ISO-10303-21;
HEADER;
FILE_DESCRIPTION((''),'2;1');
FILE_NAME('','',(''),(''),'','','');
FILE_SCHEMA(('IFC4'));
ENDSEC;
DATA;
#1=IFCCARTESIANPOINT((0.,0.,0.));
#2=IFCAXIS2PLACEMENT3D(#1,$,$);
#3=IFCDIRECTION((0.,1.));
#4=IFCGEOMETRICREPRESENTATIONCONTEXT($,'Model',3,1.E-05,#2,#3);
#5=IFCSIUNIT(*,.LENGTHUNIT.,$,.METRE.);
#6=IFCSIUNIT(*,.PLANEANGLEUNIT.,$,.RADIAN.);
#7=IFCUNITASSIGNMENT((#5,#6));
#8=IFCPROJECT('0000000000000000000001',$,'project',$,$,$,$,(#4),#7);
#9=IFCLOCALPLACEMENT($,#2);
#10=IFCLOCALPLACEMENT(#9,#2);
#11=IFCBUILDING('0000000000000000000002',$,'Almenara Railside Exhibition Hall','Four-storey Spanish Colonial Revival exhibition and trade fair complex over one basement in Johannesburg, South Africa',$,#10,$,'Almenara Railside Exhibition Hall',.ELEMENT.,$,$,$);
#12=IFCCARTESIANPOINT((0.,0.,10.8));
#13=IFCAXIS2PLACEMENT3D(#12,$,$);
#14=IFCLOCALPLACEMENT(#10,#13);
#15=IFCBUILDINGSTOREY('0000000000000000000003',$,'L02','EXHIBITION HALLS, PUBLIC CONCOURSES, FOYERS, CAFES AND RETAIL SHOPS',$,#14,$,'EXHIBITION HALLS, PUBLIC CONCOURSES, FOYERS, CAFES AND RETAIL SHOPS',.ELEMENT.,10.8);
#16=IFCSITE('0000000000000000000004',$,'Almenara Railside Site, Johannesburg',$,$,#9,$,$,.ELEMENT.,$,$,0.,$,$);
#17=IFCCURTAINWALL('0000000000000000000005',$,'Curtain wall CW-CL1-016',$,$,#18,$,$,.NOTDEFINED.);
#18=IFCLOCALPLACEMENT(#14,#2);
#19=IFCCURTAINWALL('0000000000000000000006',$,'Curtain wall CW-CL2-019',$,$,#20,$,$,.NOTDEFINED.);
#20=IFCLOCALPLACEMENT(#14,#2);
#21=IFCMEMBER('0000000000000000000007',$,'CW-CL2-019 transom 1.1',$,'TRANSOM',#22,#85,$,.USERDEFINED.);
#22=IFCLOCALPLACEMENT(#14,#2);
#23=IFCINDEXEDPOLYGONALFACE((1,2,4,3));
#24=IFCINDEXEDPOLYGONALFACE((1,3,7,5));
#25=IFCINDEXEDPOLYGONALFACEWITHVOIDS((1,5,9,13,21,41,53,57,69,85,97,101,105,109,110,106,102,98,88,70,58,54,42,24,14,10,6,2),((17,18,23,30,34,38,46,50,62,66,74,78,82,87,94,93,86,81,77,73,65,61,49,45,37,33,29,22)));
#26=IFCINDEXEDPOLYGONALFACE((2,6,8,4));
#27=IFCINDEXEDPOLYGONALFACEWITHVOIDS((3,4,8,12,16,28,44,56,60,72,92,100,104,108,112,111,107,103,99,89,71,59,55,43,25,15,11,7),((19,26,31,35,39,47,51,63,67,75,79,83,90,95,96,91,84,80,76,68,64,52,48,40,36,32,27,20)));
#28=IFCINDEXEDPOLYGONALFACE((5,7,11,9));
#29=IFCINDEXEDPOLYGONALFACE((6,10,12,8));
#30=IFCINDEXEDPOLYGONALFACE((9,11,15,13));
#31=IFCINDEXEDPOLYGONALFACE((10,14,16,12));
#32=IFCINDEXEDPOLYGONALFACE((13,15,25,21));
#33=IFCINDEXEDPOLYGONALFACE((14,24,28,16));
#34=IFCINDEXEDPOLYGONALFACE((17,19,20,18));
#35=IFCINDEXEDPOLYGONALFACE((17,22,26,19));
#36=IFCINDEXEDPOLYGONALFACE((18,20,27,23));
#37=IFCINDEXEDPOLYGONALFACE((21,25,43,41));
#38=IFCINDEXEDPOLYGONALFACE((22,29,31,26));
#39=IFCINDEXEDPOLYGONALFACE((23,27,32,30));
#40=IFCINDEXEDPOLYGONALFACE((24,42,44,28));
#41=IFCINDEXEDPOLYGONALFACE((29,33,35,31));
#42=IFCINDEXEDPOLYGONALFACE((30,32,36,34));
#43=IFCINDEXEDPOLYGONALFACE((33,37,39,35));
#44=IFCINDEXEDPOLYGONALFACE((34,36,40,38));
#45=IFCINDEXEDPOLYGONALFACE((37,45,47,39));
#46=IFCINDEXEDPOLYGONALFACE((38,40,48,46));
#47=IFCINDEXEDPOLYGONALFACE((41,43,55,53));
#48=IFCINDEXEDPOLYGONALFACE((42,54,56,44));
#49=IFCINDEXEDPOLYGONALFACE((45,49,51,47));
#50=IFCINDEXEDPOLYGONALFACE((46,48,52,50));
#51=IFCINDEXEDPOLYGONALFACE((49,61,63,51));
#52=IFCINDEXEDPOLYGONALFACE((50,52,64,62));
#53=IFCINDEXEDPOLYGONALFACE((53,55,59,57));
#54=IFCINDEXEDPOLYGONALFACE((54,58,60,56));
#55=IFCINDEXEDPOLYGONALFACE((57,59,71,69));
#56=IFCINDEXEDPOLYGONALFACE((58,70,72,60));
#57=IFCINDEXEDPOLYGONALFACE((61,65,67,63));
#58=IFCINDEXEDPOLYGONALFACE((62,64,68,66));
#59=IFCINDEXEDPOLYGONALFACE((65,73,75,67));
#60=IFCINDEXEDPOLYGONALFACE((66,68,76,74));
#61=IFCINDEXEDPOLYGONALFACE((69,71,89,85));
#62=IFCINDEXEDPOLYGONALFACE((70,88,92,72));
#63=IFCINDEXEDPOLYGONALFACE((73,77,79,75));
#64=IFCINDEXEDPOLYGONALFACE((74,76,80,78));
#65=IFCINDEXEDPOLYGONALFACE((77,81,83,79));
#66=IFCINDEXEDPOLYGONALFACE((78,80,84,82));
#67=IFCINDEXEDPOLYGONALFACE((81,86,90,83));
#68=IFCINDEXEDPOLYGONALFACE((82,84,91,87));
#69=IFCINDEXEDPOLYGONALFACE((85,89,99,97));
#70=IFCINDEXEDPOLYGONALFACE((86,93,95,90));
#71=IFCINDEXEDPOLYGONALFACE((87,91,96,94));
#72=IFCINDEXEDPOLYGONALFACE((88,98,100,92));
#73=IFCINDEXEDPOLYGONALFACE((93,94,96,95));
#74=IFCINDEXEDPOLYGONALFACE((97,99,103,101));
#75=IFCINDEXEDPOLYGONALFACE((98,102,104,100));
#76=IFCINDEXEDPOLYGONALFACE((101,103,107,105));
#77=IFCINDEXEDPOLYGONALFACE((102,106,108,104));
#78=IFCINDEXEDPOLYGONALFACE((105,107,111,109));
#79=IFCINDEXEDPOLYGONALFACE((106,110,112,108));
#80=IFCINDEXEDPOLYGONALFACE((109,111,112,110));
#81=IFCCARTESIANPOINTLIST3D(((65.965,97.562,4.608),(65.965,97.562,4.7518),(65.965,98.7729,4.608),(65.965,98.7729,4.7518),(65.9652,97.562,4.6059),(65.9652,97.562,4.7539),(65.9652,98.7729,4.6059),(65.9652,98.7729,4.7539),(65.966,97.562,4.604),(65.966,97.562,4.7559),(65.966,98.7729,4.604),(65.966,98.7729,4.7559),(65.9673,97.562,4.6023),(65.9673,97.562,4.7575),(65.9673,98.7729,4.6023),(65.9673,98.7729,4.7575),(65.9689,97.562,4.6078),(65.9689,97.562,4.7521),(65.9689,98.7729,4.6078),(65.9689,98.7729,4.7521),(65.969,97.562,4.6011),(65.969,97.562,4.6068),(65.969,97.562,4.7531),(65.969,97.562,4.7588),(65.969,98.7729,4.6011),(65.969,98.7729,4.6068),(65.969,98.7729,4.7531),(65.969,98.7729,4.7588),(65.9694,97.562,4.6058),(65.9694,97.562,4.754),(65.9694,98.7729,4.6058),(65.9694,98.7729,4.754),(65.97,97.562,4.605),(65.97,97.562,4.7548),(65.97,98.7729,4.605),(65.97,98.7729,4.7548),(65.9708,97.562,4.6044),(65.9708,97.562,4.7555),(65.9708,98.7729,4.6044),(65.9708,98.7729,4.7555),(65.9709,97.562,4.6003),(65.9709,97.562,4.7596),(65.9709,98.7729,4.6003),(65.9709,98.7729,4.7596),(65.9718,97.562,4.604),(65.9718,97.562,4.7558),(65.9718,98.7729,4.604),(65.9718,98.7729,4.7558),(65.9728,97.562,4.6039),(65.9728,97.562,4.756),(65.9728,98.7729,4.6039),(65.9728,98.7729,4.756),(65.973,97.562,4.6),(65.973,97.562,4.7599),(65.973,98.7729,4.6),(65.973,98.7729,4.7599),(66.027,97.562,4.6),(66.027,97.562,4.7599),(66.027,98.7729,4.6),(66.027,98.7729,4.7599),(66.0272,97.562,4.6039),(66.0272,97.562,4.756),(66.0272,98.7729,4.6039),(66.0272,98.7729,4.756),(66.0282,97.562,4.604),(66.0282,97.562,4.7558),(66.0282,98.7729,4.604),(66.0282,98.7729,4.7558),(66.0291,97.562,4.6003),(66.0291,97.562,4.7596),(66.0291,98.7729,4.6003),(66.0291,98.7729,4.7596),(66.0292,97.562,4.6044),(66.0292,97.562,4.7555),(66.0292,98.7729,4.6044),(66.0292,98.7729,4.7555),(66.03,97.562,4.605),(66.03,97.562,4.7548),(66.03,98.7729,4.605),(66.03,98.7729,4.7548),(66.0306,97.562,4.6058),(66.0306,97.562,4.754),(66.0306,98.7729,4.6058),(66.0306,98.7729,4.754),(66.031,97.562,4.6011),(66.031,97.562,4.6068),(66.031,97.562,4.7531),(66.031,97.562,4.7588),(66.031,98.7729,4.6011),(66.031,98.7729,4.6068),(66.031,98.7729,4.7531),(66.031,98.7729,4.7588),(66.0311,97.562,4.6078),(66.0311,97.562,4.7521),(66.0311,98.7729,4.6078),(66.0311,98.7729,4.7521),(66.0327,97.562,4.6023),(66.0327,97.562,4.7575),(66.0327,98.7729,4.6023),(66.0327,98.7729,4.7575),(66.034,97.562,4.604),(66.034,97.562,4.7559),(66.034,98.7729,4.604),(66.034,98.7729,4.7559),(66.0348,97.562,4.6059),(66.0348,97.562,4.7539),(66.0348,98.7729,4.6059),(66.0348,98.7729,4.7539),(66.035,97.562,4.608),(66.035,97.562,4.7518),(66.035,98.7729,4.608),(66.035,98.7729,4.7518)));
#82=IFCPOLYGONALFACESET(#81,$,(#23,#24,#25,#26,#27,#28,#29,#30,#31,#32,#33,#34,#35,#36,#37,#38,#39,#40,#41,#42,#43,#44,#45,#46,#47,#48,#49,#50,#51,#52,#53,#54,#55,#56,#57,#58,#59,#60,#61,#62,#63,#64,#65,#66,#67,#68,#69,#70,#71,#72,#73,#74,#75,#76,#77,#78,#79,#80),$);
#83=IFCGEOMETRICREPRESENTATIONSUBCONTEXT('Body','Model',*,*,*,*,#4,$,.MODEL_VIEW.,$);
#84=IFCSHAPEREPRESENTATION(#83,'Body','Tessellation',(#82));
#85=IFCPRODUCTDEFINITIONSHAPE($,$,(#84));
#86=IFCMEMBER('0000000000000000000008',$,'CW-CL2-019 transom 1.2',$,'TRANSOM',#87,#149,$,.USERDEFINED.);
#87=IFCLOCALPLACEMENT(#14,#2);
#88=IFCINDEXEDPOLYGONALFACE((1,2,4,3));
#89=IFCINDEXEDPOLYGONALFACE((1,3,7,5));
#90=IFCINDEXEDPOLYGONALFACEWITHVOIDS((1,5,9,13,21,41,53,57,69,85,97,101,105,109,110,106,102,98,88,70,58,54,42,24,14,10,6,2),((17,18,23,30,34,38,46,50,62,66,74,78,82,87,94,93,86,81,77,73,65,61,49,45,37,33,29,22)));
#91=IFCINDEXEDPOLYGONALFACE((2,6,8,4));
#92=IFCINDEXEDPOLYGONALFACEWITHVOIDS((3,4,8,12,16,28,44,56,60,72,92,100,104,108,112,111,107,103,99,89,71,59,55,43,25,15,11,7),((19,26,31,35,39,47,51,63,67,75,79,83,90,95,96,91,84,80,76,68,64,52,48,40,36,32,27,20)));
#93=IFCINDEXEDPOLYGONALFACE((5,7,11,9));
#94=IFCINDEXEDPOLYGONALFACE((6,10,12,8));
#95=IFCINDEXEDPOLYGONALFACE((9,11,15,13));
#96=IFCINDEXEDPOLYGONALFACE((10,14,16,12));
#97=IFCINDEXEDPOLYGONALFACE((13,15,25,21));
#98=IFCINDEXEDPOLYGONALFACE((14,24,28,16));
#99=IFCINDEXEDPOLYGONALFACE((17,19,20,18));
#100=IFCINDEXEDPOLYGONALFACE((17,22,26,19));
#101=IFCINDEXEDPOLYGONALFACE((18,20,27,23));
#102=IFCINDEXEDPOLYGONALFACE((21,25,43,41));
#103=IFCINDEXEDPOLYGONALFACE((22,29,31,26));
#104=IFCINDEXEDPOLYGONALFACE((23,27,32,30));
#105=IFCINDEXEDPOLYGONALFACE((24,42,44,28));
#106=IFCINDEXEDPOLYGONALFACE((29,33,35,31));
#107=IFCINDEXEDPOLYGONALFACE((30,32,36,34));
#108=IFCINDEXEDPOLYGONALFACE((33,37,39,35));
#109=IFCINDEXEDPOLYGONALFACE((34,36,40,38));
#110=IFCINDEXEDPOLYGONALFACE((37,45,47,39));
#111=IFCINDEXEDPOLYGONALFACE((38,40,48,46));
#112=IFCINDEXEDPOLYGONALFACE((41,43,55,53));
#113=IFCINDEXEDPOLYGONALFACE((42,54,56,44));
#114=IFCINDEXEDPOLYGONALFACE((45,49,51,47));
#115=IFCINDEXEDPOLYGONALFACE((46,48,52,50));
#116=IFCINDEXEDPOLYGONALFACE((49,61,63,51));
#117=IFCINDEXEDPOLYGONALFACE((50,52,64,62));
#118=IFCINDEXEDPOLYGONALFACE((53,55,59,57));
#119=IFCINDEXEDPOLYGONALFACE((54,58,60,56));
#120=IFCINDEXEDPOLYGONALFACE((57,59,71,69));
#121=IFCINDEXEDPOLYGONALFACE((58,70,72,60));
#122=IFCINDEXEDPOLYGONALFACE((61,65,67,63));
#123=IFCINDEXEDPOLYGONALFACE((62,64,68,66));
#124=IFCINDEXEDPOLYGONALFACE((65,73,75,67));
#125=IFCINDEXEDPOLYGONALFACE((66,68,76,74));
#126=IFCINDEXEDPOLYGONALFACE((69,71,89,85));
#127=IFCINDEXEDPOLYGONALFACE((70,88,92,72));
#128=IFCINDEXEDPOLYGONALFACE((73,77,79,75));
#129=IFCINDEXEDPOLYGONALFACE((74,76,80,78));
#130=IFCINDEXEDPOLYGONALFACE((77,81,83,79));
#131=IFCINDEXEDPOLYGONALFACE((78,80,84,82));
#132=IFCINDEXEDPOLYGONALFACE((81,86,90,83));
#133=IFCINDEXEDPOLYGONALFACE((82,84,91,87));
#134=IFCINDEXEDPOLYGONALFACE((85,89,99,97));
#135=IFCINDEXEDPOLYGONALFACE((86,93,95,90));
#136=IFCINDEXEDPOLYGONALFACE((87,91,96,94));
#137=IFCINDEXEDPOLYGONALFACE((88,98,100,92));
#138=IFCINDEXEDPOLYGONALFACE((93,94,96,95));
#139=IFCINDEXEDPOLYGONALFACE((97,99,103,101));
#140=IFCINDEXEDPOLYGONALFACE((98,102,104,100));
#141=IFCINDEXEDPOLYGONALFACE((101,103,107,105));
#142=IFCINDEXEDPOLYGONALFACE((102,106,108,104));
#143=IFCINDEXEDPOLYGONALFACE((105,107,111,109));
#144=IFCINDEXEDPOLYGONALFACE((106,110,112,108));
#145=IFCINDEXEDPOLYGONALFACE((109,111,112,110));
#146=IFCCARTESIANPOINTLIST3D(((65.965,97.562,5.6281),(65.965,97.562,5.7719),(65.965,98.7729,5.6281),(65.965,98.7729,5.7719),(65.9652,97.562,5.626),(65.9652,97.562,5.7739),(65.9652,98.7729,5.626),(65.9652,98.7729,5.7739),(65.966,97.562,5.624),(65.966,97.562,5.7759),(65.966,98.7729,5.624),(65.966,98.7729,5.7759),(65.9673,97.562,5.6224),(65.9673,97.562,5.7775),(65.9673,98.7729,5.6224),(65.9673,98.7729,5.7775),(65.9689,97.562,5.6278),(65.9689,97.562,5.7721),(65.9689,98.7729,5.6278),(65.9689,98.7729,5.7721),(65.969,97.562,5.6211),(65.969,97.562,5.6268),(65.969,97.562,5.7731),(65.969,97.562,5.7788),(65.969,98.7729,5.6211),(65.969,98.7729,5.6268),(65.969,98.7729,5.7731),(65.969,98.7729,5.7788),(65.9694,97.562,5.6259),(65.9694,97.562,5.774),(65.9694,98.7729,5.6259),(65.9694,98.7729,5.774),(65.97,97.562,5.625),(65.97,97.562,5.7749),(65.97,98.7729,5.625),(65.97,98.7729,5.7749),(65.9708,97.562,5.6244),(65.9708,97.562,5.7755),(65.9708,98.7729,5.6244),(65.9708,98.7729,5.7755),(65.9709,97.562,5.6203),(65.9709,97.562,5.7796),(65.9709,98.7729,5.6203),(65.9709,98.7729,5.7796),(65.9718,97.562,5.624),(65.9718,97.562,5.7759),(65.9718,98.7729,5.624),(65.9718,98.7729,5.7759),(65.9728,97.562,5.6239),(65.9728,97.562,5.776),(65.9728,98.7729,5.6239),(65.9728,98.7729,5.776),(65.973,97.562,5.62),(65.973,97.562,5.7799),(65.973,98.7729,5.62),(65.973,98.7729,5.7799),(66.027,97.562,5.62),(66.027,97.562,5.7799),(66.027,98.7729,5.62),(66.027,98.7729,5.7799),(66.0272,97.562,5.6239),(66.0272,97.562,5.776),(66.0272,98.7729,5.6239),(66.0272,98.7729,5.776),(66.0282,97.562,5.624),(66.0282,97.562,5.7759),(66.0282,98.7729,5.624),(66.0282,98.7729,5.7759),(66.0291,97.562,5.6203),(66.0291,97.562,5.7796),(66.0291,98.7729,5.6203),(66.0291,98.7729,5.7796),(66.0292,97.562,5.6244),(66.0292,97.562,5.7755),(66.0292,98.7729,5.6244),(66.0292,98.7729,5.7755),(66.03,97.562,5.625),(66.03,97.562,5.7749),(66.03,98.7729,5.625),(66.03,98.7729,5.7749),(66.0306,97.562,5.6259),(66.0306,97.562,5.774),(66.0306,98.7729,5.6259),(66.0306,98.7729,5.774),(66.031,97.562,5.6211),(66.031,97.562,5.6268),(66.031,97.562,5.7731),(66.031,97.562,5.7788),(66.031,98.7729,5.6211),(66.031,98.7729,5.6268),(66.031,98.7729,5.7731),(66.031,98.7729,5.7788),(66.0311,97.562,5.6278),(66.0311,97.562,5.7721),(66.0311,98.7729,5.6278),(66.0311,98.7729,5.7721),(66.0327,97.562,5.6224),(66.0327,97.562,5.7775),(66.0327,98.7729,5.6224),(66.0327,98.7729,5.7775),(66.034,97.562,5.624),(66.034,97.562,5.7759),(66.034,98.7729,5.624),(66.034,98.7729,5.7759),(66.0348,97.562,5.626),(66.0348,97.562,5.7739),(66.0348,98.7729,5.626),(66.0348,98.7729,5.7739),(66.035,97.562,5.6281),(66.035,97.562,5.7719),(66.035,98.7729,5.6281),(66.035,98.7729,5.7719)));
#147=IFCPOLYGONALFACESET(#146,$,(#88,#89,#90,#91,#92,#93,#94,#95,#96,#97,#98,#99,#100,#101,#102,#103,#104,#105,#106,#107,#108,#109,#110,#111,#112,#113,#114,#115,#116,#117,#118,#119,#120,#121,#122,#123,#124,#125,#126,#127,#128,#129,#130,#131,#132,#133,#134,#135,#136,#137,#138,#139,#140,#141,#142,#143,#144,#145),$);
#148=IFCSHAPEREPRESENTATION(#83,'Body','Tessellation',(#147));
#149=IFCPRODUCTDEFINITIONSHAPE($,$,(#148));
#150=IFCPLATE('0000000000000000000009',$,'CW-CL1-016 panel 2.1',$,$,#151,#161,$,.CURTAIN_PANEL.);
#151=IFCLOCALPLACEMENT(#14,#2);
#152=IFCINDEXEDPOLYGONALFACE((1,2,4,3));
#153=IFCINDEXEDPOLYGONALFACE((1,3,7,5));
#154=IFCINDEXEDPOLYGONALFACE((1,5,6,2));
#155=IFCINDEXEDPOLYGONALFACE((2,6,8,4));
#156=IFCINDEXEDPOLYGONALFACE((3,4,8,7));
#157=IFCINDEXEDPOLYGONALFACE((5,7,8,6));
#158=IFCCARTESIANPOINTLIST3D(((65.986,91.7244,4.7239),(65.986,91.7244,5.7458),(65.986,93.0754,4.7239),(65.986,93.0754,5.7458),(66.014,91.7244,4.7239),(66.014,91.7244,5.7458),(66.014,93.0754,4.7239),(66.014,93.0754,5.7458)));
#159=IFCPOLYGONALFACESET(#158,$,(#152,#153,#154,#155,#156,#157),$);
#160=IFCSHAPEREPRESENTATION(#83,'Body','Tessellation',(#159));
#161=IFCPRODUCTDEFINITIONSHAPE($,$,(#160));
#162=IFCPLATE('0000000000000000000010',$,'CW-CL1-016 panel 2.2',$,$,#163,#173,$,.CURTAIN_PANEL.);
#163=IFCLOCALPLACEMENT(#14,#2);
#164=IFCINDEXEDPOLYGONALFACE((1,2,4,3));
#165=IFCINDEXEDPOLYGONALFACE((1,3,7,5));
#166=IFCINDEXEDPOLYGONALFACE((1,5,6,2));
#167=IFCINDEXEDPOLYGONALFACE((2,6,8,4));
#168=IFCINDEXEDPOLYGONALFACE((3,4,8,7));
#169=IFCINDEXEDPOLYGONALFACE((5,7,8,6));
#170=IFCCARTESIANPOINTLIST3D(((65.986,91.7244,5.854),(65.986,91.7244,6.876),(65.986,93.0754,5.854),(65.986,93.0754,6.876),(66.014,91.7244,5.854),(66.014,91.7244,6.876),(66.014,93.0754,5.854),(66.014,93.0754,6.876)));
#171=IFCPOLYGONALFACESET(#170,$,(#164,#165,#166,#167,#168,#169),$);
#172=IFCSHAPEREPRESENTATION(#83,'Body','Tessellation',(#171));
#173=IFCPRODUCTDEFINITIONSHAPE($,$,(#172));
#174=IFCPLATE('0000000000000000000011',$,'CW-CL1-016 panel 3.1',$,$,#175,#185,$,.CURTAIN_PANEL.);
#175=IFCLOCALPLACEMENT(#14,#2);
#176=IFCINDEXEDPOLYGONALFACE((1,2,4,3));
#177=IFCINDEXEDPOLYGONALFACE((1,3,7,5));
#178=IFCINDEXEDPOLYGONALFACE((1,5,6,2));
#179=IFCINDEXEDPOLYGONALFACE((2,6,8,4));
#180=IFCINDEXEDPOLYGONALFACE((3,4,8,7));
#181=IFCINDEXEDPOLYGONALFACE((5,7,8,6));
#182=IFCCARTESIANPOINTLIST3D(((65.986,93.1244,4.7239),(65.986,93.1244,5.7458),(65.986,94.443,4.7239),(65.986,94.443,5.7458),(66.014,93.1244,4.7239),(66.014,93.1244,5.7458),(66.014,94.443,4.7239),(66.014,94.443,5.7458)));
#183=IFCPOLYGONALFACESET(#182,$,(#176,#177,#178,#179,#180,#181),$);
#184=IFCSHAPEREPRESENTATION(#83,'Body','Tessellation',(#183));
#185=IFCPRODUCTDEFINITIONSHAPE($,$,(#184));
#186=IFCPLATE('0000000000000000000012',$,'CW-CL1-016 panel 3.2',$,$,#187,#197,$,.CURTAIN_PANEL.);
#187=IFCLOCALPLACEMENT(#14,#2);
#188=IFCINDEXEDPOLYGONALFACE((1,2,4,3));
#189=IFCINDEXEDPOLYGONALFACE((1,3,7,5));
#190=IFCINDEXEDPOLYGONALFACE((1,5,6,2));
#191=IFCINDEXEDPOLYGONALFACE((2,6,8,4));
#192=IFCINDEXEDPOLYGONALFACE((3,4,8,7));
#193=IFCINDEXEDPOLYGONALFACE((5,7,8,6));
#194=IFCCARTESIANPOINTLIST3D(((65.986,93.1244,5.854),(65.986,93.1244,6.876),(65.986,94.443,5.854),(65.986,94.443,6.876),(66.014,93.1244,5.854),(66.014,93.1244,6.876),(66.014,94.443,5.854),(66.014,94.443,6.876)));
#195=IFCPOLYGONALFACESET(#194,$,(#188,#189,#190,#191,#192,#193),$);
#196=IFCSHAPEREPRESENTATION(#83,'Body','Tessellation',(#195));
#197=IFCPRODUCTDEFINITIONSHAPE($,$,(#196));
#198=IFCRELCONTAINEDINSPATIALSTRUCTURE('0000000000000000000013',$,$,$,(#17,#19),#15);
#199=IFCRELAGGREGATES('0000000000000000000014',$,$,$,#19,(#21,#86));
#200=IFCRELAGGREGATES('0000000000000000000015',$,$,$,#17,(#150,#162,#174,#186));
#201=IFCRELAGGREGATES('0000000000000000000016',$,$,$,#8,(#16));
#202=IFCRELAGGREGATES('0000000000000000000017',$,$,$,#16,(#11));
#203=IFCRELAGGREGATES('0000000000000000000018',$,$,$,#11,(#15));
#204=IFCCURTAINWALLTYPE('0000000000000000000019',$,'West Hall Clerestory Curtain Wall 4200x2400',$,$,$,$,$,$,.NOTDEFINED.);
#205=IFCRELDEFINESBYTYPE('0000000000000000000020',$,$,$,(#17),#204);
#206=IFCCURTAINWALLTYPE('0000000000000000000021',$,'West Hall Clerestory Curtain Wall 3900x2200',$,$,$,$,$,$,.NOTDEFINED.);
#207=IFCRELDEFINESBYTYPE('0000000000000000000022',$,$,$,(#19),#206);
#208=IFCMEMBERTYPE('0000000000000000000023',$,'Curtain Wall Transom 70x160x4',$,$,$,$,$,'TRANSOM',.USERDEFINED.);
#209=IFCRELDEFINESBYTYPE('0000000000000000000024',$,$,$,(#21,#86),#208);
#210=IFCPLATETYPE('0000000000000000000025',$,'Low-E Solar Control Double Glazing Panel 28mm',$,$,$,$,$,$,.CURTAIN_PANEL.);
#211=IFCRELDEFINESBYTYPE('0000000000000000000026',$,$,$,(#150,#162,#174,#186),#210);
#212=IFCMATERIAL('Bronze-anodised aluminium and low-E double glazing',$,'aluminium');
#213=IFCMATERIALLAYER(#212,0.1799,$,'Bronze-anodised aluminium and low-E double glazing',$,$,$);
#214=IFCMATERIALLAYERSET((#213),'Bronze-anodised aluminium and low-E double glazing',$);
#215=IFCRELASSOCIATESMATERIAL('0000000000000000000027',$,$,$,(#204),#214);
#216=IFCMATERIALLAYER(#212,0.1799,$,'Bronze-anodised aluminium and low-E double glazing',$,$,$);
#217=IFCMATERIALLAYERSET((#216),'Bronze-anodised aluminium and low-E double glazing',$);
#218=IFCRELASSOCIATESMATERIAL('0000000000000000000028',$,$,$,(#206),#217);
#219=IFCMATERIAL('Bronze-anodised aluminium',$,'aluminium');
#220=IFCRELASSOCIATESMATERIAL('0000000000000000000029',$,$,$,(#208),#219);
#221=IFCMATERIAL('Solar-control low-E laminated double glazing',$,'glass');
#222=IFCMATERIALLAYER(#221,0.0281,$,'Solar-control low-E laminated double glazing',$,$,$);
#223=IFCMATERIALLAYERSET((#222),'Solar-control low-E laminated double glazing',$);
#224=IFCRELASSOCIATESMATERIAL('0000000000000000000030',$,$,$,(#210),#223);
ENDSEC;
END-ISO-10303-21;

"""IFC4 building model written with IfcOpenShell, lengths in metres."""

from ifc_helpers import new_model, si_unit, direction, frame, origin, origin_2d, place, context, subcontext, project, spatial, rectangle, hollow_rectangle, extrude, material, layer, layer_set, material_profile, profile_set, type_object, element, aggregate, save


model = new_model("IFC4")

# Units and contexts
model_context = context("Model", 3, precision=1e-05, world=origin(), true_north=direction((0.0, 1.0)))
body_context = subcontext(model_context, "Body", "Model", "MODEL_VIEW")
ifc_project = project(units=[si_unit("LENGTHUNIT", "METRE"), si_unit("PLANEANGLEUNIT", "RADIAN")], contexts=[model_context])

# Site, building, storey
site_placement = place(None, origin())
site = spatial("IfcSite", under=ifc_project, at=site_placement, Name="Almenara Railside Site, Johannesburg", CompositionType="ELEMENT", RefElevation=0.0)
building_placement = place(site_placement, origin())
building = spatial("IfcBuilding", under=site, at=building_placement, Name="Almenara Railside Exhibition Hall", Description="Four-storey Spanish Colonial Revival exhibition and trade fair complex over one basement in Johannesburg, South Africa", LongName="Almenara Railside Exhibition Hall", CompositionType="ELEMENT")
storey_placement = place(building_placement, frame((0.0, 0.0, 10.8)))
storey = spatial("IfcBuildingStorey", under=building, at=storey_placement, Name="L02", Description="EXHIBITION HALLS, PUBLIC CONCOURSES, FOYERS, CAFES AND RETAIL SHOPS", LongName="EXHIBITION HALLS, PUBLIC CONCOURSES, FOYERS, CAFES AND RETAIL SHOPS", CompositionType="ELEMENT", Elevation=10.8)

# Curtain wall
ifc_material_1 = material(Name="Bronze-anodised aluminium and low-E double glazing", Category="aluminium")
ifc_layer_1 = layer(ifc_material_1, 0.1799, Name="Bronze-anodised aluminium and low-E double glazing")
ifc_layer_set_1 = layer_set([ifc_layer_1], Name="Bronze-anodised aluminium and low-E double glazing")
curtain_wall_type_1 = type_object("IfcCurtainWallType", Name="West Hall Clerestory Curtain Wall 4200x2400", PredefinedType="NOTDEFINED", material=ifc_layer_set_1)
curtain_wall_1_placement = place(storey_placement, origin())
curtain_wall_1 = element("IfcCurtainWall", 1, at=curtain_wall_1_placement, inside=storey, type_object=curtain_wall_type_1, Name="Curtain wall CW-CL1-016", PredefinedType="NOTDEFINED")
ifc_material_2 = material(Name="Bronze-anodised aluminium", Category="aluminium")

# Curtain wall
ifc_layer_2 = layer(ifc_material_1, 0.1799, Name="Bronze-anodised aluminium and low-E double glazing")
ifc_layer_set_2 = layer_set([ifc_layer_2], Name="Bronze-anodised aluminium and low-E double glazing")
curtain_wall_type_2 = type_object("IfcCurtainWallType", Name="West Hall Clerestory Curtain Wall 3900x2200", PredefinedType="NOTDEFINED", material=ifc_layer_set_2)
curtain_wall_2_placement = place(storey_placement, origin())
curtain_wall_2 = element("IfcCurtainWall", 2, at=curtain_wall_2_placement, inside=storey, type_object=curtain_wall_type_2, Name="Curtain wall CW-CL2-019", PredefinedType="NOTDEFINED")

# Members
ifc_material_profile_1 = material_profile(ifc_material_2, hollow_rectangle(XDim=0.0701, YDim=0.1599, WallThickness=0.0039, InnerFilletRadius=0.0039, OuterFilletRadius=0.0081, at=origin_2d()), Name="ALU-TRN 70x160x4")
ifc_profile_set_1 = profile_set([ifc_material_profile_1], Name="Bronze-anodised aluminium")
member_type_1 = type_object("IfcMemberType", Name="Curtain Wall Transom 70x160x4", ElementType="TRANSOM", PredefinedType="USERDEFINED", material=ifc_profile_set_1)
member_1_placement = place(storey_placement, frame((66.0, 97.562, 4.6799), z_axis=(0.0, 1.0, 0.0), x_axis=(-1.0, 0.0, 0.0)))
member_1 = element("IfcMember", 3, at=member_1_placement, type_object=member_type_1, Name="CW-CL2-019 transom 1.1", ObjectType="TRANSOM", PredefinedType="USERDEFINED", context=body_context, shape_type="SweptSolid", body=[
    extrude(hollow_rectangle(XDim=0.0701, YDim=0.1599, WallThickness=0.0039, InnerFilletRadius=0.0039, OuterFilletRadius=0.0081, at=origin_2d()), origin(), (0.0, 0.0, 1.0), 1.2109),
])
member_2_placement = place(storey_placement, frame((66.0, 97.562, 5.7), z_axis=(0.0, 1.0, 0.0), x_axis=(-1.0, 0.0, 0.0)))
member_2 = element("IfcMember", 4, at=member_2_placement, type_object=member_type_1, Name="CW-CL2-019 transom 1.2", ObjectType="TRANSOM", PredefinedType="USERDEFINED", context=body_context, shape_type="SweptSolid", body=[
    extrude(hollow_rectangle(XDim=0.0701, YDim=0.1599, WallThickness=0.0039, InnerFilletRadius=0.0039, OuterFilletRadius=0.0081, at=origin_2d()), origin(), (0.0, 0.0, 1.0), 1.2109),
])
aggregate(curtain_wall_2, [member_1, member_2])

# Plates
ifc_material_3 = material(Name="Solar-control low-E laminated double glazing", Category="glass")
ifc_layer_3 = layer(ifc_material_3, 0.0281, Name="Solar-control low-E laminated double glazing")
ifc_layer_set_3 = layer_set([ifc_layer_3], Name="Solar-control low-E laminated double glazing")
plate_type = type_object("IfcPlateType", Name="Low-E Solar Control Double Glazing Panel 28mm", PredefinedType="CURTAIN_PANEL", material=ifc_layer_set_3)
plate_1_placement = place(storey_placement, frame((66.0, 92.3999, 4.7239), z_axis=(0.0, 0.0, 1.0), x_axis=(0.0, 1.0, 0.0)))
plate_1 = element("IfcPlate", 5, at=plate_1_placement, type_object=plate_type, Name="CW-CL1-016 panel 2.1", PredefinedType="CURTAIN_PANEL", context=body_context, shape_type="SweptSolid", body=[
    extrude(rectangle(XDim=1.3511, YDim=0.0281, at=origin_2d()), origin(), (0.0, 0.0, 1.0), 1.022),
])
plate_2_placement = place(storey_placement, frame((66.0, 92.3999, 5.854), z_axis=(0.0, 0.0, 1.0), x_axis=(0.0, 1.0, 0.0)))
plate_2 = element("IfcPlate", 6, at=plate_2_placement, type_object=plate_type, Name="CW-CL1-016 panel 2.2", PredefinedType="CURTAIN_PANEL", context=body_context, shape_type="SweptSolid", body=[
    extrude(rectangle(XDim=1.3511, YDim=0.0281, at=origin_2d()), origin(), (0.0, 0.0, 1.0), 1.022),
])
plate_3_placement = place(storey_placement, frame((66.0, 93.7837, 4.7239), z_axis=(0.0, 0.0, 1.0), x_axis=(0.0, 1.0, 0.0)))
plate_3 = element("IfcPlate", 7, at=plate_3_placement, type_object=plate_type, Name="CW-CL1-016 panel 3.1", PredefinedType="CURTAIN_PANEL", context=body_context, shape_type="SweptSolid", body=[
    extrude(rectangle(XDim=1.3186, YDim=0.0281, at=origin_2d()), origin(), (0.0, 0.0, 1.0), 1.022),
])
plate_4_placement = place(storey_placement, frame((66.0, 93.7837, 5.854), z_axis=(0.0, 0.0, 1.0), x_axis=(0.0, 1.0, 0.0)))
plate_4 = element("IfcPlate", 8, at=plate_4_placement, type_object=plate_type, Name="CW-CL1-016 panel 3.2", PredefinedType="CURTAIN_PANEL", context=body_context, shape_type="SweptSolid", body=[
    extrude(rectangle(XDim=1.3186, YDim=0.0281, at=origin_2d()), origin(), (0.0, 0.0, 1.0), 1.022),
])
aggregate(curtain_wall_1, [plate_1, plate_2, plate_3, plate_4])

save(model, "model.ifc")
